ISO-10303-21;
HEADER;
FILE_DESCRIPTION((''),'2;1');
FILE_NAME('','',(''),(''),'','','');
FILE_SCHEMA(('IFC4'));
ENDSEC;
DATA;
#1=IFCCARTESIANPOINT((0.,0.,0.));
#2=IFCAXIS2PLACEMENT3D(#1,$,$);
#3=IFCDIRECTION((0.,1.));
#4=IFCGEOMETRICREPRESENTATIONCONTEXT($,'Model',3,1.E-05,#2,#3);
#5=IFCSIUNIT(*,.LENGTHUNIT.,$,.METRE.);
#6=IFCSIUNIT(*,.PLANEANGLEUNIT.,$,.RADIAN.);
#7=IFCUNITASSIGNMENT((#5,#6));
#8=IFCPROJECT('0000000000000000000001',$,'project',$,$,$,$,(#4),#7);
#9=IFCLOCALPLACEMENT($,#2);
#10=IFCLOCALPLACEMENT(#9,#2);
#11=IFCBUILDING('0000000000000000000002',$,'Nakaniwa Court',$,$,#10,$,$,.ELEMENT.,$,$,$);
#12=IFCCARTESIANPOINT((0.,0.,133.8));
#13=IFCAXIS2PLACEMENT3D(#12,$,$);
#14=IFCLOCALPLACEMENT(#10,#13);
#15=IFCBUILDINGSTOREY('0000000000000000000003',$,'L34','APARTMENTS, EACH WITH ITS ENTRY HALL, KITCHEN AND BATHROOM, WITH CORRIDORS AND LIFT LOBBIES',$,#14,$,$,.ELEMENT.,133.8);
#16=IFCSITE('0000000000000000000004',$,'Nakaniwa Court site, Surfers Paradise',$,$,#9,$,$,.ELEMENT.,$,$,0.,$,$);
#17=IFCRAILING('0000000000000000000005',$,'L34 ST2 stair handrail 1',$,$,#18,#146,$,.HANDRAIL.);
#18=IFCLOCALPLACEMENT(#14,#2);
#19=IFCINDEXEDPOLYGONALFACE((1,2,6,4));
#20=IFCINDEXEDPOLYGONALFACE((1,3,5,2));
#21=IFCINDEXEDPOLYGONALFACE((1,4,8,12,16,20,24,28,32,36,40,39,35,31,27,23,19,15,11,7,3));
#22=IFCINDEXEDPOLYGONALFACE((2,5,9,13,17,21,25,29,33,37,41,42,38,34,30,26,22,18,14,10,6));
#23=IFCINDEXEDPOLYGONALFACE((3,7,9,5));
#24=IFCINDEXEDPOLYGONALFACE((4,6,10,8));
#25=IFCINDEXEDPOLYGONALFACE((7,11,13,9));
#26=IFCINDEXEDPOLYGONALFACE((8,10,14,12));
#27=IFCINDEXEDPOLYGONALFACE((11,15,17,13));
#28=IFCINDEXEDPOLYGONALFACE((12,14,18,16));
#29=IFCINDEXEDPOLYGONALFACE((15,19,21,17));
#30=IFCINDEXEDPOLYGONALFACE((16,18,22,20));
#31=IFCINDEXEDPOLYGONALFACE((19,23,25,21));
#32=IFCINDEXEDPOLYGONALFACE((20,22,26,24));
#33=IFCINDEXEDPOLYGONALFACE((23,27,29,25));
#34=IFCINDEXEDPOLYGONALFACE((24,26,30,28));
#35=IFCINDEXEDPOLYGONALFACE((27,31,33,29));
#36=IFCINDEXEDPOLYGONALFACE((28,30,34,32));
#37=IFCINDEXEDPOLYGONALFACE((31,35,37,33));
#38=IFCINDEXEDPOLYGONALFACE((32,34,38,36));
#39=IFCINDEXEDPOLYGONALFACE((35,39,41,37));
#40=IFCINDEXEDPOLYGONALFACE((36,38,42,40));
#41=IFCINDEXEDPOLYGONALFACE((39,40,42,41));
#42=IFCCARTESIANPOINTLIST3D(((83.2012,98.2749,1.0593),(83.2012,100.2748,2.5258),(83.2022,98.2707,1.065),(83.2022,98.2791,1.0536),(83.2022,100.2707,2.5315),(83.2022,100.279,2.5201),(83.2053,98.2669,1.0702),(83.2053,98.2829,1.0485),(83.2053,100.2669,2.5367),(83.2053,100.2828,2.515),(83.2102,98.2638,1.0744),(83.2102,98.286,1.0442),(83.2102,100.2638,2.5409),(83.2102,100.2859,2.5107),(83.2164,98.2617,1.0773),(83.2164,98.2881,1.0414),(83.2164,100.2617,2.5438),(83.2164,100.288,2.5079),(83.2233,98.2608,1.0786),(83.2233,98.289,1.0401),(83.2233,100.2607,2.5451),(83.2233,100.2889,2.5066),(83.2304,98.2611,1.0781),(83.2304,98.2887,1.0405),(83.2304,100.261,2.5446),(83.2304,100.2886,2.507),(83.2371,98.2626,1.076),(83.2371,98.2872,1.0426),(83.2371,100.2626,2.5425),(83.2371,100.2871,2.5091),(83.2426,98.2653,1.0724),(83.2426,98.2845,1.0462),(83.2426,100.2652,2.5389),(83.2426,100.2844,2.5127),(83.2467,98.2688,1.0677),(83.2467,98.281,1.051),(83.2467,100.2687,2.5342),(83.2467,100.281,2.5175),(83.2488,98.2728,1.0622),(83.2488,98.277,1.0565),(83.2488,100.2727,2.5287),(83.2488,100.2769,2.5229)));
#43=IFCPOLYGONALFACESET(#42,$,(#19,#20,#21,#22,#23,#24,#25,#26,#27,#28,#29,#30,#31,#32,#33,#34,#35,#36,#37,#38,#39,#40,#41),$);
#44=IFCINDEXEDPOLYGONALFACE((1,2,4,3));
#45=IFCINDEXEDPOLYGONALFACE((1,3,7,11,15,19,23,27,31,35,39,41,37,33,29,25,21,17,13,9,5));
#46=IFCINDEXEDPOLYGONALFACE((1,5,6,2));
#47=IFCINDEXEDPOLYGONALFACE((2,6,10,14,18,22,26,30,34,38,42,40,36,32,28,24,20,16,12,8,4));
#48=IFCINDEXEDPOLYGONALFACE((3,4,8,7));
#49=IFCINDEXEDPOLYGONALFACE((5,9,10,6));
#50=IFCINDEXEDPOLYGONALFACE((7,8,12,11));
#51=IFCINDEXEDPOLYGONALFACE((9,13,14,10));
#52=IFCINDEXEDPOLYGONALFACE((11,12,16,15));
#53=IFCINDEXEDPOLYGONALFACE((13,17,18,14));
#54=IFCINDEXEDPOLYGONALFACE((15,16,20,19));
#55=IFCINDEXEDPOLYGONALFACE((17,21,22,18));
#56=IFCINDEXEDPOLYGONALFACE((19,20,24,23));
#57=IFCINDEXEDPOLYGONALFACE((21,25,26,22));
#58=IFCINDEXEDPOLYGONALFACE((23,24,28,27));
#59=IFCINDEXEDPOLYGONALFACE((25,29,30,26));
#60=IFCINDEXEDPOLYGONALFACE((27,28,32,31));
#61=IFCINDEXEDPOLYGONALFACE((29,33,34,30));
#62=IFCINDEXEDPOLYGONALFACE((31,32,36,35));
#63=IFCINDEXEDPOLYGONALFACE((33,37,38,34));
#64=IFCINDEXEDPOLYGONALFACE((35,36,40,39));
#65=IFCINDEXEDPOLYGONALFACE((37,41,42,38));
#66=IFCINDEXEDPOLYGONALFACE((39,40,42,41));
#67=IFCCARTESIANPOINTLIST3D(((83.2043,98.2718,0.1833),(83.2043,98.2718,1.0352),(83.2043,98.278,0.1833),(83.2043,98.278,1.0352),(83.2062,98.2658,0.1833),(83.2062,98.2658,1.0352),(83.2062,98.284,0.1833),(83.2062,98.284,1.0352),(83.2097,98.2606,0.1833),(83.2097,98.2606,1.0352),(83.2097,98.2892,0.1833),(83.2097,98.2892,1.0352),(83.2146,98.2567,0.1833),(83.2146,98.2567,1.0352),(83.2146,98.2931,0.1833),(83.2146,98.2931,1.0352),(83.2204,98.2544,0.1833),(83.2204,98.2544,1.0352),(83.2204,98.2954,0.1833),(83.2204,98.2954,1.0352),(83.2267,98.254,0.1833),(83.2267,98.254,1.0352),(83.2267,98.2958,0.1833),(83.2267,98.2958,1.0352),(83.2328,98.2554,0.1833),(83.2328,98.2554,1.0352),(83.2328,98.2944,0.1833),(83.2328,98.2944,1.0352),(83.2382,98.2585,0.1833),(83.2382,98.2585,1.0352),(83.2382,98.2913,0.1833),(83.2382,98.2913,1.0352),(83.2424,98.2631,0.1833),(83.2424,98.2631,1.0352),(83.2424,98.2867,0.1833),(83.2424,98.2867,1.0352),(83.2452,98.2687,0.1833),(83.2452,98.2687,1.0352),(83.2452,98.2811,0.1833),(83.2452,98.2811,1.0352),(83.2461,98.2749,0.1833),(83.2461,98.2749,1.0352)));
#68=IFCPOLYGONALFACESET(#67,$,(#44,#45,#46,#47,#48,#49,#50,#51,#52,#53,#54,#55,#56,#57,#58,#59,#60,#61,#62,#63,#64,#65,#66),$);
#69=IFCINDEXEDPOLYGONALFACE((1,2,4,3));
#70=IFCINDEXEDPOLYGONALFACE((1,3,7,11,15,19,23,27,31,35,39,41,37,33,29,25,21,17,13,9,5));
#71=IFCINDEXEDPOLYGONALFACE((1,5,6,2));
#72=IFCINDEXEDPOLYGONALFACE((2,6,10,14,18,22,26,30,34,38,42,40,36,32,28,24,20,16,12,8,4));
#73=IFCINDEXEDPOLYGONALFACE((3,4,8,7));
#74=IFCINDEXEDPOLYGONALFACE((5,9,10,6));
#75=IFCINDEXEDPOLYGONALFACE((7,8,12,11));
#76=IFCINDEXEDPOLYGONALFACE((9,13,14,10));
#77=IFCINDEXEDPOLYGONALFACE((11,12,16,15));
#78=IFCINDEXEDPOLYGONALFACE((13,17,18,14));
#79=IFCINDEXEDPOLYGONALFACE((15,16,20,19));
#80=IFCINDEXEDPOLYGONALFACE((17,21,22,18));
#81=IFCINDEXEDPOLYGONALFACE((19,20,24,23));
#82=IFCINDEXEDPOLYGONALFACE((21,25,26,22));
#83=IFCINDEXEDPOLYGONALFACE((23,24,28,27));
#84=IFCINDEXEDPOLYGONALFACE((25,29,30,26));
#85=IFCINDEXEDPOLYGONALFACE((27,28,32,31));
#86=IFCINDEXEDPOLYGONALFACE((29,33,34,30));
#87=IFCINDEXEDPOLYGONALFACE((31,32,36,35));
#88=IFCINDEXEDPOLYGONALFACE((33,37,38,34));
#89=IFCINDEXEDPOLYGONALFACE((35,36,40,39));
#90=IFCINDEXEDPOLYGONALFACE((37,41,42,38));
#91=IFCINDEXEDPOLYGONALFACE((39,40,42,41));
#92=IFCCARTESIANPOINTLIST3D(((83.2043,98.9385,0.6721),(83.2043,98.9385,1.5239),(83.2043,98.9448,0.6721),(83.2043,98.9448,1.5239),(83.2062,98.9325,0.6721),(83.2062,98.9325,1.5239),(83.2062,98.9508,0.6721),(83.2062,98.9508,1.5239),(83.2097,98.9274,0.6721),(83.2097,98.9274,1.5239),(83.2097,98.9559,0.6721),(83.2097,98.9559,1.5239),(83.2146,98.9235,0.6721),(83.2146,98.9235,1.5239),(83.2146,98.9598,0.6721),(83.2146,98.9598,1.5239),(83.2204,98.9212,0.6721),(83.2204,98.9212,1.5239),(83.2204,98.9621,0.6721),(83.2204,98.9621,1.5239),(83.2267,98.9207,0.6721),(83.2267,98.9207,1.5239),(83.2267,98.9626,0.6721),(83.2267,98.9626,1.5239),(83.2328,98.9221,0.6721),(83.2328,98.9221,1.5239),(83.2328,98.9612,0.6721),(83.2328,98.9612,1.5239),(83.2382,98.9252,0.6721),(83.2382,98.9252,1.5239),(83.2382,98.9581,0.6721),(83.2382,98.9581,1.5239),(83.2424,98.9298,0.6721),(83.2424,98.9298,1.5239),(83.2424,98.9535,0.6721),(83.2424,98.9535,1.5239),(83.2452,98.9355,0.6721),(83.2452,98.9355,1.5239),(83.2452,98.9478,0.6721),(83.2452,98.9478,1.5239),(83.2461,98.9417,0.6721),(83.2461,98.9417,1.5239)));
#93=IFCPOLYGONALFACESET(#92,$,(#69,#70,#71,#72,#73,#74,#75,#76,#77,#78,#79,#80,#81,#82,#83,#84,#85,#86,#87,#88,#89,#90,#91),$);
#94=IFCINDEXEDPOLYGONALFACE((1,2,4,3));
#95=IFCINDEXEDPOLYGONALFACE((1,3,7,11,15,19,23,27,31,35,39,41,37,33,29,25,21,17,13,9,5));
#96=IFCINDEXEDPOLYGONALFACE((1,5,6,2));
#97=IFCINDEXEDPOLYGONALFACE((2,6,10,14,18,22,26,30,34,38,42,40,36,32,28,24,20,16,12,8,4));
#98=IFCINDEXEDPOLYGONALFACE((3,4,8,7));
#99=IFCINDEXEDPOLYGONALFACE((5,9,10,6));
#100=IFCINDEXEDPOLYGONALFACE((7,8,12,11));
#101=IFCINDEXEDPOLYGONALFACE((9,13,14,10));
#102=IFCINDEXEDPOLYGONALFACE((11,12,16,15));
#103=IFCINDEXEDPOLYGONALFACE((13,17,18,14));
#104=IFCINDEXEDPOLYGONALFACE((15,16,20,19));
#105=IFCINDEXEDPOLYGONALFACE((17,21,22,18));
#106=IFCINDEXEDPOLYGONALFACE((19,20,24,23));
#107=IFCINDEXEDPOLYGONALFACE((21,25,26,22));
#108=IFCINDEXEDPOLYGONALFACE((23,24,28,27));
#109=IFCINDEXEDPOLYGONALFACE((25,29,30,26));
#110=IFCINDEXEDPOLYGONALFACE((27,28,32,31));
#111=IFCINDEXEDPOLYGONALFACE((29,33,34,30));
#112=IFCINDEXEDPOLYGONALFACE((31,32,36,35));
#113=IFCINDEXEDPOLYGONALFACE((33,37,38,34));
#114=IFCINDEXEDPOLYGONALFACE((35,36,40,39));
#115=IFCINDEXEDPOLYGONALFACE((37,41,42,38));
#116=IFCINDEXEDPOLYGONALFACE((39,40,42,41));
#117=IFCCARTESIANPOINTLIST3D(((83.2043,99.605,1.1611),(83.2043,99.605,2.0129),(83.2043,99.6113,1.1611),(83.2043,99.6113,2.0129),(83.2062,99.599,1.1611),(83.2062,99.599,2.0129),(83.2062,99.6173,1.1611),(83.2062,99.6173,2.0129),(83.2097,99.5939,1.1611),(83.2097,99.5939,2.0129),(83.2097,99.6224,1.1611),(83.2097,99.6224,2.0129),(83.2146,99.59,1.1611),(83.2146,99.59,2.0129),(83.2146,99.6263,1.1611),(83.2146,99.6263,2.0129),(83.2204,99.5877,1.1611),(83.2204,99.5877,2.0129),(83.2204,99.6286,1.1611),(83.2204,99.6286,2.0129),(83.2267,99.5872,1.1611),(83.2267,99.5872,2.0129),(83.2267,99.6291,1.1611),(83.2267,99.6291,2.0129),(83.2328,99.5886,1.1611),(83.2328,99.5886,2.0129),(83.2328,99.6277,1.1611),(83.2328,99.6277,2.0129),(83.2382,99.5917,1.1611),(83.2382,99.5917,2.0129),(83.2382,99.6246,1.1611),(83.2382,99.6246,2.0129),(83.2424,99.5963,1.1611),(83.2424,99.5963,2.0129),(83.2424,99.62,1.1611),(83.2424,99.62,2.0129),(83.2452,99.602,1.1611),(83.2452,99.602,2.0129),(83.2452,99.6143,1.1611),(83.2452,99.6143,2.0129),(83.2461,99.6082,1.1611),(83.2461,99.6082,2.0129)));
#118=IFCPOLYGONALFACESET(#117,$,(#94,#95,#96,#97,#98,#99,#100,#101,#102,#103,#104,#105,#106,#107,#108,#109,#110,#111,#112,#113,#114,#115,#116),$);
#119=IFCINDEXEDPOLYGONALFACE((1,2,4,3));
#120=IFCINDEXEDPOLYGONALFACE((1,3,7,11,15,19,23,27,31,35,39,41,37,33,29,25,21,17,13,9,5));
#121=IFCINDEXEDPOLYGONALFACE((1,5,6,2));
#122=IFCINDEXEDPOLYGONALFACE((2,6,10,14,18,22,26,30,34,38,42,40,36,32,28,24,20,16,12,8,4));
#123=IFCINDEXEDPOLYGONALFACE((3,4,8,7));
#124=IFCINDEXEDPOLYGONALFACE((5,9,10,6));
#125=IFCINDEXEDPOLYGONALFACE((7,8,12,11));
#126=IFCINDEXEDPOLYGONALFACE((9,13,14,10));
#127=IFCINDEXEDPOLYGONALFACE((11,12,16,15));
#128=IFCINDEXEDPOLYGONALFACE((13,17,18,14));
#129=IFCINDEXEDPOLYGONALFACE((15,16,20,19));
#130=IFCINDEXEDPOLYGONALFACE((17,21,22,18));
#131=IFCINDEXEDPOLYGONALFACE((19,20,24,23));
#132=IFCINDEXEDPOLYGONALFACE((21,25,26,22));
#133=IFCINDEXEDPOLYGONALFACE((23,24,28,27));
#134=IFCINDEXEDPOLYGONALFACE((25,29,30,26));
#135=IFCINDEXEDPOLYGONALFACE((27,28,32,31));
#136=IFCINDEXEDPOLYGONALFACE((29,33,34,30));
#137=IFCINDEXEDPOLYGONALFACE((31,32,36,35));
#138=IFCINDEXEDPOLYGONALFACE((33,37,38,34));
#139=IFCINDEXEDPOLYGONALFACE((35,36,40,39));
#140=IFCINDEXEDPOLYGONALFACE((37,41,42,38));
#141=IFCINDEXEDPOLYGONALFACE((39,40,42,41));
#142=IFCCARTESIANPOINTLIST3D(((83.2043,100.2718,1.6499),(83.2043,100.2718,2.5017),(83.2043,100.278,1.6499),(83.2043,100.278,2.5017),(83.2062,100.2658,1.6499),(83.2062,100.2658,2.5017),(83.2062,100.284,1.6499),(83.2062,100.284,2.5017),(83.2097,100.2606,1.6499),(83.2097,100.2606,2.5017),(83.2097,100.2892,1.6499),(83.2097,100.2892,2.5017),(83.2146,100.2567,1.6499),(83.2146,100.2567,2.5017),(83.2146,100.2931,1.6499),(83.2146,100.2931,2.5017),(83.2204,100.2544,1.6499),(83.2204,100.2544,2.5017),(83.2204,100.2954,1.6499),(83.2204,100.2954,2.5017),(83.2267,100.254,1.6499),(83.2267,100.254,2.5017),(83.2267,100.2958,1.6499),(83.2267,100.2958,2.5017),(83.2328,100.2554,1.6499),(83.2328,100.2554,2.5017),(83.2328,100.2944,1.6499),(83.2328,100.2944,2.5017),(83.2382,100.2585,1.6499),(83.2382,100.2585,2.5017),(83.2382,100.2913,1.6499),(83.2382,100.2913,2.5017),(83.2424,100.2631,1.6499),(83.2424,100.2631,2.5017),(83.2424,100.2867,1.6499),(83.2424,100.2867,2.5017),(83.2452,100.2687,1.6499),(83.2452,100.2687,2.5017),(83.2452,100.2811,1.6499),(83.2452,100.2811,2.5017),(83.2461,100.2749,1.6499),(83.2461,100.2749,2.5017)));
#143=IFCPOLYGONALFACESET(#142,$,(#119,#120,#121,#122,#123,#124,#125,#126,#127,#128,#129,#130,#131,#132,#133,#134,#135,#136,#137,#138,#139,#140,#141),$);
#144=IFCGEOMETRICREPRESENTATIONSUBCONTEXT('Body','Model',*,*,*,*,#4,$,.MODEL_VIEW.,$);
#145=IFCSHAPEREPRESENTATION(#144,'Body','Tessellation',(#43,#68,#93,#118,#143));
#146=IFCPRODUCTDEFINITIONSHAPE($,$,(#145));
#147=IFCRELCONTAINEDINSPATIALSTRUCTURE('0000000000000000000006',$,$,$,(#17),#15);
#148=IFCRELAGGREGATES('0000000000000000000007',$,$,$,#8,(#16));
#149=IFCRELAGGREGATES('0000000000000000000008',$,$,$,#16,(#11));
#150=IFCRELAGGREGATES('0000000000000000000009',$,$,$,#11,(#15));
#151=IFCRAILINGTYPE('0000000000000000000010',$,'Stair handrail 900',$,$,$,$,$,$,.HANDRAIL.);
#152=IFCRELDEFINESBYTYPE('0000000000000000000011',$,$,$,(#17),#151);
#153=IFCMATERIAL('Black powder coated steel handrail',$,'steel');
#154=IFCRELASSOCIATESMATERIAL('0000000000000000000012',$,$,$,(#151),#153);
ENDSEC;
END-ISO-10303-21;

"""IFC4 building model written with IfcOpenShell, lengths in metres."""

from ifc_helpers import new_model, si_unit, direction, frame, origin, origin_2d, place, context, subcontext, project, spatial, circle, extrude, material, type_object, element, save


model = new_model("IFC4")

# Units and contexts
model_context = context("Model", 3, precision=1e-05, world=origin(), true_north=direction((0.0, 1.0)))
body_context = subcontext(model_context, "Body", "Model", "MODEL_VIEW")
ifc_project = project(units=[si_unit("LENGTHUNIT", "METRE"), si_unit("PLANEANGLEUNIT", "RADIAN")], contexts=[model_context])

# Site, building, storey
site_placement = place(None, origin())
site = spatial("IfcSite", under=ifc_project, at=site_placement, Name="Nakaniwa Court site, Surfers Paradise", CompositionType="ELEMENT", RefElevation=0.0)
building_placement = place(site_placement, origin())
building = spatial("IfcBuilding", under=site, at=building_placement, Name="Nakaniwa Court", CompositionType="ELEMENT")
storey_placement = place(building_placement, frame((0.0, 0.0, 133.8)))
storey = spatial("IfcBuildingStorey", under=building, at=storey_placement, Name="L34", Description="APARTMENTS, EACH WITH ITS ENTRY HALL, KITCHEN AND BATHROOM, WITH CORRIDORS AND LIFT LOBBIES", CompositionType="ELEMENT", Elevation=133.8)

# Railing
ifc_material_1 = material(Name="Black powder coated steel handrail", Category="steel")
railing_type_1 = type_object("IfcRailingType", Name="Stair handrail 900", PredefinedType="HANDRAIL", material=ifc_material_1)
railing_1_placement = place(storey_placement, frame((83.2251, 98.2749, 0.1833)))
element("IfcRailing", 1, at=railing_1_placement, inside=storey, type_object=railing_type_1, Name="L34 ST2 stair handrail 1", PredefinedType="HANDRAIL", context=body_context, shape_type="SweptSolid", body=[
    extrude(circle(Radius=0.0239, at=origin_2d()), frame((0.0, 0.0, 0.876), z_axis=(0.0, 0.806427, 0.591334), x_axis=(-1.0, 0.0, 0.0)), (0.0, 0.0, 1.0), 2.48),
    extrude(circle(Radius=0.021, at=origin_2d()), origin(), (0.0, 0.0, 1.0), 0.8518),
    extrude(circle(Radius=0.021, at=origin_2d()), frame((0.0, 0.6667, 0.4888)), (0.0, 0.0, 1.0), 0.8518),
    extrude(circle(Radius=0.021, at=origin_2d()), frame((0.0, 1.3333, 0.9778)), (0.0, 0.0, 1.0), 0.8518),
    extrude(circle(Radius=0.021, at=origin_2d()), frame((0.0, 2.0, 1.4666)), (0.0, 0.0, 1.0), 0.8518),
])

save(model, "model.ifc")
